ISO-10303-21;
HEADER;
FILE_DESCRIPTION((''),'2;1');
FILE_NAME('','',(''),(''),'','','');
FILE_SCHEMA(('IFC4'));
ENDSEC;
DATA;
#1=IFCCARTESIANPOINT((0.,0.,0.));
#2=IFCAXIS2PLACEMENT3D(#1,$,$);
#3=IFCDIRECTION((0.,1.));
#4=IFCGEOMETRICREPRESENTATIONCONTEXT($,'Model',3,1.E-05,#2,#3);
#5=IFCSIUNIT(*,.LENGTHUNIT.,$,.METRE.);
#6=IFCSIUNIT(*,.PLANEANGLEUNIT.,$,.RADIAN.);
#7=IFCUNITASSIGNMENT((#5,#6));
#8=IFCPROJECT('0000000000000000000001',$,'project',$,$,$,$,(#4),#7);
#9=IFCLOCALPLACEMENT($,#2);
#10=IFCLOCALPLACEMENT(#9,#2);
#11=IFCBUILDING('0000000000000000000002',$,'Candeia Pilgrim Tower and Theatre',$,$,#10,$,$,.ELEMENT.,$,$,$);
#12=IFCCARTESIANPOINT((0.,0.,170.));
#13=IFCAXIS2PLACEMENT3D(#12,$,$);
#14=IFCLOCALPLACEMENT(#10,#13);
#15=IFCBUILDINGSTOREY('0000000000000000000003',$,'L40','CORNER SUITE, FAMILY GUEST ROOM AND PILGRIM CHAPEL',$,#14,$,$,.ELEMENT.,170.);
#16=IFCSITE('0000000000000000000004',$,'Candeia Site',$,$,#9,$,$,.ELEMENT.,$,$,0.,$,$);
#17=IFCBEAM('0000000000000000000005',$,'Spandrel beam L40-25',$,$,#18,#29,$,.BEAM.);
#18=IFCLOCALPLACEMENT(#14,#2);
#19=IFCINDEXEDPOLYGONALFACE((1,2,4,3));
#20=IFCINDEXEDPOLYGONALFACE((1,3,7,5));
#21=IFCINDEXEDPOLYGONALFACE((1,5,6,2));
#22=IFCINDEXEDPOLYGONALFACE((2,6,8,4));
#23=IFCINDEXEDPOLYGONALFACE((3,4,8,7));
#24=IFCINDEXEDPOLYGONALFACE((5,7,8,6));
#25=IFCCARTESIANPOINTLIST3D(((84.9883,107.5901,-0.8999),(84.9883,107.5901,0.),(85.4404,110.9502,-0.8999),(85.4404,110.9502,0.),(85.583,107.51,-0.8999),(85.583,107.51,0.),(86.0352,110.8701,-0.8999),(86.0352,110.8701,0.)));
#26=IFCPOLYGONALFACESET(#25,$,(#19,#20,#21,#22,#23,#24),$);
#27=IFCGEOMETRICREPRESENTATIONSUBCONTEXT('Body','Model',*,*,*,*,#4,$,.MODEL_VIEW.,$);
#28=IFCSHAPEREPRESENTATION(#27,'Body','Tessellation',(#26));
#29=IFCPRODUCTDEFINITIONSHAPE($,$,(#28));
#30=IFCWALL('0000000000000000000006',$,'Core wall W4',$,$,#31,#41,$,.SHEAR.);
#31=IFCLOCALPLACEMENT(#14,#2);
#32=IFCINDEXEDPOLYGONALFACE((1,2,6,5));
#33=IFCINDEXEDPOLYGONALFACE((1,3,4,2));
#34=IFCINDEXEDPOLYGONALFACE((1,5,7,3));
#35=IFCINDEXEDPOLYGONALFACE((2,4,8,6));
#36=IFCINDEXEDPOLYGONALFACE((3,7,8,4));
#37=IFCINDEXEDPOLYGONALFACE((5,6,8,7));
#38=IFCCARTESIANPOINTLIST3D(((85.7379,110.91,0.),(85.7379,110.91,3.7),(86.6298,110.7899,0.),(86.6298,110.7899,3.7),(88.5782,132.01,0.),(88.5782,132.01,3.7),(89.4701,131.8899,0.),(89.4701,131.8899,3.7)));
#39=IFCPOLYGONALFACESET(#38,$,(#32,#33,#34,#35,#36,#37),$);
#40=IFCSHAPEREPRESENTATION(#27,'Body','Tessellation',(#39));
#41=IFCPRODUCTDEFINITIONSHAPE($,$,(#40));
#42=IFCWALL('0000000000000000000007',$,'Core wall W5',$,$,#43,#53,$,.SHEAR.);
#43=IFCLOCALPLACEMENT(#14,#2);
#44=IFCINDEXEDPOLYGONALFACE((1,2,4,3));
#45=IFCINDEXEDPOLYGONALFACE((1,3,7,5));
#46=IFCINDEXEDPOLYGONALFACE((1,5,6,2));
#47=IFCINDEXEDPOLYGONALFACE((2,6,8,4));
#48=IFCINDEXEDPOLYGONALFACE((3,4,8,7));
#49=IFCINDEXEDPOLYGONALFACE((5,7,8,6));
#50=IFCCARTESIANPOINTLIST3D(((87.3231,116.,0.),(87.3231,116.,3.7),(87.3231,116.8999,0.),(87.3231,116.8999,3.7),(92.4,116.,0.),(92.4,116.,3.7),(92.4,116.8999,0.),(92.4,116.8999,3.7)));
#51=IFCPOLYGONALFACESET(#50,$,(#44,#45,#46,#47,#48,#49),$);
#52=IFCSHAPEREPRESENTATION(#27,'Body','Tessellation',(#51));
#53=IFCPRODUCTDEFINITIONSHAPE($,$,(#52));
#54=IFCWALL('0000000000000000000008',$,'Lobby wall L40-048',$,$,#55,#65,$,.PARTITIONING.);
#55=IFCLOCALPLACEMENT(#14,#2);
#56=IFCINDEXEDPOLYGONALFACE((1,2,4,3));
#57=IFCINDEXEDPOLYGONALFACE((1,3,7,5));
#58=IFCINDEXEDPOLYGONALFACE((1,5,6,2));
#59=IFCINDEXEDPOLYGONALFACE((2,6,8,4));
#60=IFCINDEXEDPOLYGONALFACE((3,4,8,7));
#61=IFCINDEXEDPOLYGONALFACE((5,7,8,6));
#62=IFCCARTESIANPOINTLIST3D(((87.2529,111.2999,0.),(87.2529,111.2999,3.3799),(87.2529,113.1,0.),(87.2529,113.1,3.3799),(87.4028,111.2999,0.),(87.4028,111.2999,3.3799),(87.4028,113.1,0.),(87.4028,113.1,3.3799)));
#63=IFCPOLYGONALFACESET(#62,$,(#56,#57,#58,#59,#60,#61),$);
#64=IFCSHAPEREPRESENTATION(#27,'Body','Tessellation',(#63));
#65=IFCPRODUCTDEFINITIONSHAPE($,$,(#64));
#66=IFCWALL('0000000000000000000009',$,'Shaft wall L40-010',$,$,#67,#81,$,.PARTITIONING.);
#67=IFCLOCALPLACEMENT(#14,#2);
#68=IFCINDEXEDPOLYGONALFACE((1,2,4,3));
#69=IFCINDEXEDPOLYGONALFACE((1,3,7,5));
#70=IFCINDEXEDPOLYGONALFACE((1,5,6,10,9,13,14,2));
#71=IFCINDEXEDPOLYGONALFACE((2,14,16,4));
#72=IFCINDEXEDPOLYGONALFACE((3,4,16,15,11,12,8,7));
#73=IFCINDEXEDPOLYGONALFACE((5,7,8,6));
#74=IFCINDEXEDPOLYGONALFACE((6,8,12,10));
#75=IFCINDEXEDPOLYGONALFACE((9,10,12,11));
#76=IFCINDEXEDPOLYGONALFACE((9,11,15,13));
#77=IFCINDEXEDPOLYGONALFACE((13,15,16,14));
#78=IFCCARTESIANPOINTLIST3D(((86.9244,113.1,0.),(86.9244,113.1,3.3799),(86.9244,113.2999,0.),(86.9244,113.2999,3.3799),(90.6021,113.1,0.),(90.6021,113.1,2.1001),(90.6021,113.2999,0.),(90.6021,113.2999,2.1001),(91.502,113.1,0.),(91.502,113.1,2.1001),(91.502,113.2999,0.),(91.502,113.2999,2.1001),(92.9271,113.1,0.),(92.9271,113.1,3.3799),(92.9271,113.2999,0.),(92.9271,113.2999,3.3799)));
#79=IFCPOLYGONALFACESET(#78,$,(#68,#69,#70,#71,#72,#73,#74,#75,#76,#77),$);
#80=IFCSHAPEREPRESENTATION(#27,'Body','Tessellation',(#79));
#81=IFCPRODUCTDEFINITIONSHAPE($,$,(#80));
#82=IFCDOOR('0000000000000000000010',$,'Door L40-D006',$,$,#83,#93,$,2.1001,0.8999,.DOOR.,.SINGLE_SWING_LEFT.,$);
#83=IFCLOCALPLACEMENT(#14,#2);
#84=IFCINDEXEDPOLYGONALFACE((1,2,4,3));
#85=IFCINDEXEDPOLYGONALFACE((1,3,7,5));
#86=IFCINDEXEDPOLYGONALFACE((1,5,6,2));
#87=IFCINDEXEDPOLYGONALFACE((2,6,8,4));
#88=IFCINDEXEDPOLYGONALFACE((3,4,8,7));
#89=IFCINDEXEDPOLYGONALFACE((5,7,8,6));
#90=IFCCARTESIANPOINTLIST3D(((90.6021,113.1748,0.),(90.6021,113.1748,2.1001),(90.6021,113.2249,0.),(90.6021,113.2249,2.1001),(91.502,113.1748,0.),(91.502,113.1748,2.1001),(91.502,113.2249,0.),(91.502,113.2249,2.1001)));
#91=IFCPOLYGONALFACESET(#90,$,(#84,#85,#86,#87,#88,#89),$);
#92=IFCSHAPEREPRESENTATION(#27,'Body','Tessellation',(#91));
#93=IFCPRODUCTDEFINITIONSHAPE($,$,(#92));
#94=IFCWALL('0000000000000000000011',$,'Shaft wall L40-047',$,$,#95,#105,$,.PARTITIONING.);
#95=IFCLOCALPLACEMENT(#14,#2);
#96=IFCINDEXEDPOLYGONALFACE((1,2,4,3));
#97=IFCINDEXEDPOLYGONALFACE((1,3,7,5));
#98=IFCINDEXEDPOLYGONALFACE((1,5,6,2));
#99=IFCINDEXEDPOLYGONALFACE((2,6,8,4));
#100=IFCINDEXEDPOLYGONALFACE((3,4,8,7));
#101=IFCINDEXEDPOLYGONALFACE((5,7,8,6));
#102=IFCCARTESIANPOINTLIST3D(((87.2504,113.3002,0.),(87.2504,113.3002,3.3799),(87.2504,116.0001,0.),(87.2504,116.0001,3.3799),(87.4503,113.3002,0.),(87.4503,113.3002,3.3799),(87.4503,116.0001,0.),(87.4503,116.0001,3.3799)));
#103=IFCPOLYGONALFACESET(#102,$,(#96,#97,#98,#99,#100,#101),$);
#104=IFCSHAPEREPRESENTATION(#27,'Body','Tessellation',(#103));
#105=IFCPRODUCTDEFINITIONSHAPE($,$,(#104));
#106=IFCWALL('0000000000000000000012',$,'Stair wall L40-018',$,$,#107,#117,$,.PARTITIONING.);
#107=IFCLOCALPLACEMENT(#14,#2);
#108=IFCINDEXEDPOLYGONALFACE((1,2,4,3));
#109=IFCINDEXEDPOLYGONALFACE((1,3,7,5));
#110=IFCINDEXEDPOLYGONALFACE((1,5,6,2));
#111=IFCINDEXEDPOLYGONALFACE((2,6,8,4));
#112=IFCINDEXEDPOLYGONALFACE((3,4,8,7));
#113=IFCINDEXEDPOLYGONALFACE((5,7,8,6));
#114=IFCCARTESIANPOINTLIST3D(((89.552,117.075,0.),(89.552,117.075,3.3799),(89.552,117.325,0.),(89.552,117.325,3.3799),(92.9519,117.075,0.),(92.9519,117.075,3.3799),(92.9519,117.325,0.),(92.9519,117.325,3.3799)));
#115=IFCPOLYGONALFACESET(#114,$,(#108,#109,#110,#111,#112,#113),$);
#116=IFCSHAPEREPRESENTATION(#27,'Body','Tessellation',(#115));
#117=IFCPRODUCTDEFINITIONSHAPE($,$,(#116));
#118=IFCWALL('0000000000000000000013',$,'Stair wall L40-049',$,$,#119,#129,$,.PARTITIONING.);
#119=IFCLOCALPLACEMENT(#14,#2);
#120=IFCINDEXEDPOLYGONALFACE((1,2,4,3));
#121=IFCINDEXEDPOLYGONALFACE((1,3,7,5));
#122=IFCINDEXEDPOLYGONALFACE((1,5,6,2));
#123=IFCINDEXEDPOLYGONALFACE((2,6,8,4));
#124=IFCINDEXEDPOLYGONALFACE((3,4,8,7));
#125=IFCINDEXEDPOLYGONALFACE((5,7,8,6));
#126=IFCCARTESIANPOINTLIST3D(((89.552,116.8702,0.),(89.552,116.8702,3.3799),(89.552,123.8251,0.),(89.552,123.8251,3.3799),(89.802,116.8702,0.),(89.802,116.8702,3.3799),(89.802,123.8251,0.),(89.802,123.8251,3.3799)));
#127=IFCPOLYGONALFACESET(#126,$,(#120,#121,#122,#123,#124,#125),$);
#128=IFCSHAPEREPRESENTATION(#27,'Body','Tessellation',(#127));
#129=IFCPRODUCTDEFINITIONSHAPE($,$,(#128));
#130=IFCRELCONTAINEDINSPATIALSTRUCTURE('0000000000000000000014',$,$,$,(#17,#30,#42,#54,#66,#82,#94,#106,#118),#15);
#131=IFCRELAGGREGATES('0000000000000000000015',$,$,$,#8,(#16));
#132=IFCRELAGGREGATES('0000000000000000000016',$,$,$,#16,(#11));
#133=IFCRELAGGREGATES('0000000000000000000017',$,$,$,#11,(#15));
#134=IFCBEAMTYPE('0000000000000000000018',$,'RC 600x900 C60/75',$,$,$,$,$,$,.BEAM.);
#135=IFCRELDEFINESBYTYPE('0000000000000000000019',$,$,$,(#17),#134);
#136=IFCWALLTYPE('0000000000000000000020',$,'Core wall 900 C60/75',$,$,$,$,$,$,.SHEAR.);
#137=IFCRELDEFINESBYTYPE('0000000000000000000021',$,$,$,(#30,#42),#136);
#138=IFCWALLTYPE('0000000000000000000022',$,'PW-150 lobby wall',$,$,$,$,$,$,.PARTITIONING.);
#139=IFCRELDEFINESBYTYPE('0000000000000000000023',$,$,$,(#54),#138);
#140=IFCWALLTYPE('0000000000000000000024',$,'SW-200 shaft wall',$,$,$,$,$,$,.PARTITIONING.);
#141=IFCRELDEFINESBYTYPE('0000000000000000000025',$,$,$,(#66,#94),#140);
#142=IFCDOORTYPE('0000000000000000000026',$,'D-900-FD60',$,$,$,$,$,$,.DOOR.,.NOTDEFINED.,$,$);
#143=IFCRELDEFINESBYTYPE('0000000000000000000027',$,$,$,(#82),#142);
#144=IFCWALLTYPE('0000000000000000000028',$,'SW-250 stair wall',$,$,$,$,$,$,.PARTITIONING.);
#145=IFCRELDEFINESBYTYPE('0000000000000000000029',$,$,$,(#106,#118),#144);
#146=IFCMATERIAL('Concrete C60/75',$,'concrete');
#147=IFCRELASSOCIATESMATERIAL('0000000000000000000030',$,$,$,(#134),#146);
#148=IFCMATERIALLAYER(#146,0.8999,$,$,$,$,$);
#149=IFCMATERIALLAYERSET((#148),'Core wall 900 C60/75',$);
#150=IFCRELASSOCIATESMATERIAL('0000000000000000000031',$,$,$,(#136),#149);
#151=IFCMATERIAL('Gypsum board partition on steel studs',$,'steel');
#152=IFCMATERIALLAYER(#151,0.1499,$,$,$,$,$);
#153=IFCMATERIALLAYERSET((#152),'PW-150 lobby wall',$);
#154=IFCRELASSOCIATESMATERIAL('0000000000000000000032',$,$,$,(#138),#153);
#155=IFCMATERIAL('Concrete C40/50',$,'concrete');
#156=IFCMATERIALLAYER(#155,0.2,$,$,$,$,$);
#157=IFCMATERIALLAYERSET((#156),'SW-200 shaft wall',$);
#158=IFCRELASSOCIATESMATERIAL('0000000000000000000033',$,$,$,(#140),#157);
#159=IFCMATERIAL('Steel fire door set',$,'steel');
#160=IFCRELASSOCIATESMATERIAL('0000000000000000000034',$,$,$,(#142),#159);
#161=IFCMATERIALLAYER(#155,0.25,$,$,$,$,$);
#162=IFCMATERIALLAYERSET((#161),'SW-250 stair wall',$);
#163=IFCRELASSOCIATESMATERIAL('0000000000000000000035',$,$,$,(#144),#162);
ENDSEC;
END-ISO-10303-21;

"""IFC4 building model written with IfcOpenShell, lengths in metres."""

from ifc_helpers import new_model, si_unit, direction, frame, frame_2d, origin, origin_2d, place, context, subcontext, project, spatial, rectangle, extrude, material, layer, layer_set, material_profile, profile_set, type_object, element, fill, save


model = new_model("IFC4")

# Units and contexts
model_context = context("Model", 3, precision=1e-05, world=origin(), true_north=direction((0.0, 1.0)))
body_context = subcontext(model_context, "Body", "Model", "MODEL_VIEW")
ifc_project = project(units=[si_unit("LENGTHUNIT", "METRE"), si_unit("PLANEANGLEUNIT", "RADIAN")], contexts=[model_context])

# Site, building, storey
site_placement = place(None, origin())
site = spatial("IfcSite", under=ifc_project, at=site_placement, Name="Candeia Site", CompositionType="ELEMENT", RefElevation=0.0)
building_placement = place(site_placement, origin())
building = spatial("IfcBuilding", under=site, at=building_placement, Name="Candeia Pilgrim Tower and Theatre", CompositionType="ELEMENT")
storey_placement = place(building_placement, frame((0.0, 0.0, 170.0)))
storey = spatial("IfcBuildingStorey", under=building, at=storey_placement, Name="L40", Description="CORNER SUITE, FAMILY GUEST ROOM AND PILGRIM CHAPEL", CompositionType="ELEMENT", Elevation=170.0)

# Beam
ifc_material_1 = material(Name="Concrete C60/75", Category="concrete")
ifc_material_profile = material_profile(ifc_material_1, rectangle(XDim=0.6001, YDim=0.8999, at=origin_2d()))
ifc_profile_set = profile_set([ifc_material_profile], Name="Concrete C60/75")
beam_type = type_object("IfcBeamType", Name="RC 600x900 C60/75", PredefinedType="BEAM", material=ifc_profile_set)
beam_placement = place(storey_placement, frame((85.7378, 110.9102, -0.45), z_axis=(-0.133362, -0.991067, 0.0), x_axis=(0.991067, -0.133362, 0.0)))
element("IfcBeam", 1, at=beam_placement, inside=storey, type_object=beam_type, Name="Spandrel beam L40-25", PredefinedType="BEAM", context=body_context, shape_type="SweptSolid", body=[
    extrude(rectangle(XDim=0.6001, YDim=0.8999, at=origin_2d()), origin(), (0.0, 0.0, 1.0), 3.3904),
])

# Walls
ifc_layer_1 = layer(ifc_material_1, 0.8999)
ifc_layer_set_1 = layer_set([ifc_layer_1], Name="Core wall 900 C60/75")
wall_type_1 = type_object("IfcWallType", Name="Core wall 900 C60/75", PredefinedType="SHEAR", material=ifc_layer_set_1)
wall_1_placement = place(storey_placement, frame((86.1838, 110.8501, 0.0), z_axis=(0.0, 0.0, 1.0), x_axis=(0.13341, 0.991061, 0.0)))
element("IfcWall", 2, at=wall_1_placement, inside=storey, type_object=wall_type_1, Name="Core wall W4", PredefinedType="SHEAR", context=body_context, shape_type="SweptSolid", body=[
    extrude(rectangle(XDim=21.2903, YDim=0.8999, at=frame_2d((10.645, 0.0))), origin(), (0.0, 0.0, 1.0), 3.7),
])
wall_2_placement = place(storey_placement, frame((87.323, 116.45, 0.0), z_axis=(0.0, 0.0, 1.0), x_axis=(1.0, 0.0, 0.0)))
element("IfcWall", 3, at=wall_2_placement, inside=storey, type_object=wall_type_1, Name="Core wall W5", PredefinedType="SHEAR", context=body_context, shape_type="SweptSolid", body=[
    extrude(rectangle(XDim=5.0769, YDim=0.8999, at=frame_2d((2.5386, 0.0))), origin(), (0.0, 0.0, 1.0), 3.7),
])

# Wall
ifc_material_2 = material(Name="Gypsum board partition on steel studs", Category="steel")
ifc_layer_2 = layer(ifc_material_2, 0.1499)
ifc_layer_set_2 = layer_set([ifc_layer_2], Name="PW-150 lobby wall")
wall_type_2 = type_object("IfcWallType", Name="PW-150 lobby wall", PredefinedType="PARTITIONING", material=ifc_layer_set_2)
wall_3_placement = place(storey_placement, frame((87.3279, 111.3, 0.0), z_axis=(0.0, 0.0, 1.0), x_axis=(0.0, 1.0, 0.0)))
element("IfcWall", 4, at=wall_3_placement, inside=storey, type_object=wall_type_2, Name="Lobby wall L40-048", PredefinedType="PARTITIONING", context=body_context, shape_type="SweptSolid", body=[
    extrude(rectangle(XDim=1.8, YDim=0.1499, at=frame_2d((0.8999, 0.0))), origin(), (0.0, 0.0, 1.0), 3.3799),
])

# Wall, opening, door
ifc_material_3 = material(Name="Concrete C40/50", Category="concrete")
ifc_layer_3 = layer(ifc_material_3, 0.2)
ifc_layer_set_3 = layer_set([ifc_layer_3], Name="SW-200 shaft wall")
wall_type_3 = type_object("IfcWallType", Name="SW-200 shaft wall", PredefinedType="PARTITIONING", material=ifc_layer_set_3)
wall_4_placement = place(storey_placement, frame((86.9243, 113.2, 0.0), z_axis=(0.0, 0.0, 1.0), x_axis=(1.0, 0.0, 0.0)))
wall_4 = element("IfcWall", 5, at=wall_4_placement, inside=storey, type_object=wall_type_3, Name="Shaft wall L40-010", PredefinedType="PARTITIONING", context=body_context, shape_type="SweptSolid", body=[
    extrude(rectangle(XDim=6.0027, YDim=0.2, at=frame_2d((3.0015, 0.0))), origin(), (0.0, 0.0, 1.0), 3.3799),
])
opening_1_placement = place(wall_4_placement, frame((3.6777, 0.0, 0.0)))
opening_1 = element("IfcOpeningElement", 6, at=opening_1_placement, cuts=wall_4, PredefinedType="OPENING", context=body_context, shape_type="SweptSolid", body=[
    extrude(rectangle(XDim=0.8999, YDim=2.1001, at=frame_2d((0.45, 1.05))), frame((0.0, 0.1099, 0.0), z_axis=(0.0, -1.0, 0.0), x_axis=(1.0, 0.0, 0.0)), (0.0, 0.0, 1.0), 0.22),
])
ifc_material_4 = material(Name="Steel fire door set", Category="steel")
door_type_1 = type_object("IfcDoorType", Name="D-900-FD60", OperationType="NOTDEFINED", PredefinedType="DOOR", material=ifc_material_4)
door_1_placement = place(opening_1_placement, origin())
door_1 = element("IfcDoor", 7, at=door_1_placement, inside=storey, type_object=door_type_1, Name="Door L40-D006", OperationType="SINGLE_SWING_LEFT", OverallHeight=2.1001, OverallWidth=0.8999, PredefinedType="DOOR", context=body_context, shape_type="SweptSolid", body=[
    extrude(rectangle(XDim=0.8999, YDim=2.1001, at=frame_2d((0.45, 1.05))), frame((0.0, 0.0249, 0.0), z_axis=(0.0, -1.0, 0.0), x_axis=(1.0, 0.0, 0.0)), (0.0, 0.0, 1.0), 0.05),
])
fill(opening_1, door_1)

# Walls
wall_5_placement = place(storey_placement, frame((87.3503, 113.3, 0.0), z_axis=(0.0, 0.0, 1.0), x_axis=(0.0, 1.0, 0.0)))
element("IfcWall", 8, at=wall_5_placement, inside=storey, type_object=wall_type_3, Name="Shaft wall L40-047", PredefinedType="PARTITIONING", context=body_context, shape_type="SweptSolid", body=[
    extrude(rectangle(XDim=2.7, YDim=0.2, at=frame_2d((1.3501, 0.0))), origin(), (0.0, 0.0, 1.0), 3.3799),
])
ifc_layer_4 = layer(ifc_material_3, 0.25)
ifc_layer_set_4 = layer_set([ifc_layer_4], Name="SW-250 stair wall")
wall_type_4 = type_object("IfcWallType", Name="SW-250 stair wall", PredefinedType="PARTITIONING", material=ifc_layer_set_4)
wall_6_placement = place(storey_placement, frame((89.552, 117.2, 0.0), z_axis=(0.0, 0.0, 1.0), x_axis=(1.0, 0.0, 0.0)))
element("IfcWall", 9, at=wall_6_placement, inside=storey, type_object=wall_type_4, Name="Stair wall L40-018", PredefinedType="PARTITIONING", context=body_context, shape_type="SweptSolid", body=[
    extrude(rectangle(XDim=3.3999, YDim=0.25, at=frame_2d((1.7, 0.0))), origin(), (0.0, 0.0, 1.0), 3.3799),
])
wall_7_placement = place(storey_placement, frame((89.677, 116.8701, 0.0), z_axis=(0.0, 0.0, 1.0), x_axis=(0.0, 1.0, 0.0)))
element("IfcWall", 10, at=wall_7_placement, inside=storey, type_object=wall_type_4, Name="Stair wall L40-049", PredefinedType="PARTITIONING", context=body_context, shape_type="SweptSolid", body=[
    extrude(rectangle(XDim=6.9548, YDim=0.25, at=frame_2d((3.4775, 0.0))), origin(), (0.0, 0.0, 1.0), 3.3799),
])

save(model, "model.ifc")
